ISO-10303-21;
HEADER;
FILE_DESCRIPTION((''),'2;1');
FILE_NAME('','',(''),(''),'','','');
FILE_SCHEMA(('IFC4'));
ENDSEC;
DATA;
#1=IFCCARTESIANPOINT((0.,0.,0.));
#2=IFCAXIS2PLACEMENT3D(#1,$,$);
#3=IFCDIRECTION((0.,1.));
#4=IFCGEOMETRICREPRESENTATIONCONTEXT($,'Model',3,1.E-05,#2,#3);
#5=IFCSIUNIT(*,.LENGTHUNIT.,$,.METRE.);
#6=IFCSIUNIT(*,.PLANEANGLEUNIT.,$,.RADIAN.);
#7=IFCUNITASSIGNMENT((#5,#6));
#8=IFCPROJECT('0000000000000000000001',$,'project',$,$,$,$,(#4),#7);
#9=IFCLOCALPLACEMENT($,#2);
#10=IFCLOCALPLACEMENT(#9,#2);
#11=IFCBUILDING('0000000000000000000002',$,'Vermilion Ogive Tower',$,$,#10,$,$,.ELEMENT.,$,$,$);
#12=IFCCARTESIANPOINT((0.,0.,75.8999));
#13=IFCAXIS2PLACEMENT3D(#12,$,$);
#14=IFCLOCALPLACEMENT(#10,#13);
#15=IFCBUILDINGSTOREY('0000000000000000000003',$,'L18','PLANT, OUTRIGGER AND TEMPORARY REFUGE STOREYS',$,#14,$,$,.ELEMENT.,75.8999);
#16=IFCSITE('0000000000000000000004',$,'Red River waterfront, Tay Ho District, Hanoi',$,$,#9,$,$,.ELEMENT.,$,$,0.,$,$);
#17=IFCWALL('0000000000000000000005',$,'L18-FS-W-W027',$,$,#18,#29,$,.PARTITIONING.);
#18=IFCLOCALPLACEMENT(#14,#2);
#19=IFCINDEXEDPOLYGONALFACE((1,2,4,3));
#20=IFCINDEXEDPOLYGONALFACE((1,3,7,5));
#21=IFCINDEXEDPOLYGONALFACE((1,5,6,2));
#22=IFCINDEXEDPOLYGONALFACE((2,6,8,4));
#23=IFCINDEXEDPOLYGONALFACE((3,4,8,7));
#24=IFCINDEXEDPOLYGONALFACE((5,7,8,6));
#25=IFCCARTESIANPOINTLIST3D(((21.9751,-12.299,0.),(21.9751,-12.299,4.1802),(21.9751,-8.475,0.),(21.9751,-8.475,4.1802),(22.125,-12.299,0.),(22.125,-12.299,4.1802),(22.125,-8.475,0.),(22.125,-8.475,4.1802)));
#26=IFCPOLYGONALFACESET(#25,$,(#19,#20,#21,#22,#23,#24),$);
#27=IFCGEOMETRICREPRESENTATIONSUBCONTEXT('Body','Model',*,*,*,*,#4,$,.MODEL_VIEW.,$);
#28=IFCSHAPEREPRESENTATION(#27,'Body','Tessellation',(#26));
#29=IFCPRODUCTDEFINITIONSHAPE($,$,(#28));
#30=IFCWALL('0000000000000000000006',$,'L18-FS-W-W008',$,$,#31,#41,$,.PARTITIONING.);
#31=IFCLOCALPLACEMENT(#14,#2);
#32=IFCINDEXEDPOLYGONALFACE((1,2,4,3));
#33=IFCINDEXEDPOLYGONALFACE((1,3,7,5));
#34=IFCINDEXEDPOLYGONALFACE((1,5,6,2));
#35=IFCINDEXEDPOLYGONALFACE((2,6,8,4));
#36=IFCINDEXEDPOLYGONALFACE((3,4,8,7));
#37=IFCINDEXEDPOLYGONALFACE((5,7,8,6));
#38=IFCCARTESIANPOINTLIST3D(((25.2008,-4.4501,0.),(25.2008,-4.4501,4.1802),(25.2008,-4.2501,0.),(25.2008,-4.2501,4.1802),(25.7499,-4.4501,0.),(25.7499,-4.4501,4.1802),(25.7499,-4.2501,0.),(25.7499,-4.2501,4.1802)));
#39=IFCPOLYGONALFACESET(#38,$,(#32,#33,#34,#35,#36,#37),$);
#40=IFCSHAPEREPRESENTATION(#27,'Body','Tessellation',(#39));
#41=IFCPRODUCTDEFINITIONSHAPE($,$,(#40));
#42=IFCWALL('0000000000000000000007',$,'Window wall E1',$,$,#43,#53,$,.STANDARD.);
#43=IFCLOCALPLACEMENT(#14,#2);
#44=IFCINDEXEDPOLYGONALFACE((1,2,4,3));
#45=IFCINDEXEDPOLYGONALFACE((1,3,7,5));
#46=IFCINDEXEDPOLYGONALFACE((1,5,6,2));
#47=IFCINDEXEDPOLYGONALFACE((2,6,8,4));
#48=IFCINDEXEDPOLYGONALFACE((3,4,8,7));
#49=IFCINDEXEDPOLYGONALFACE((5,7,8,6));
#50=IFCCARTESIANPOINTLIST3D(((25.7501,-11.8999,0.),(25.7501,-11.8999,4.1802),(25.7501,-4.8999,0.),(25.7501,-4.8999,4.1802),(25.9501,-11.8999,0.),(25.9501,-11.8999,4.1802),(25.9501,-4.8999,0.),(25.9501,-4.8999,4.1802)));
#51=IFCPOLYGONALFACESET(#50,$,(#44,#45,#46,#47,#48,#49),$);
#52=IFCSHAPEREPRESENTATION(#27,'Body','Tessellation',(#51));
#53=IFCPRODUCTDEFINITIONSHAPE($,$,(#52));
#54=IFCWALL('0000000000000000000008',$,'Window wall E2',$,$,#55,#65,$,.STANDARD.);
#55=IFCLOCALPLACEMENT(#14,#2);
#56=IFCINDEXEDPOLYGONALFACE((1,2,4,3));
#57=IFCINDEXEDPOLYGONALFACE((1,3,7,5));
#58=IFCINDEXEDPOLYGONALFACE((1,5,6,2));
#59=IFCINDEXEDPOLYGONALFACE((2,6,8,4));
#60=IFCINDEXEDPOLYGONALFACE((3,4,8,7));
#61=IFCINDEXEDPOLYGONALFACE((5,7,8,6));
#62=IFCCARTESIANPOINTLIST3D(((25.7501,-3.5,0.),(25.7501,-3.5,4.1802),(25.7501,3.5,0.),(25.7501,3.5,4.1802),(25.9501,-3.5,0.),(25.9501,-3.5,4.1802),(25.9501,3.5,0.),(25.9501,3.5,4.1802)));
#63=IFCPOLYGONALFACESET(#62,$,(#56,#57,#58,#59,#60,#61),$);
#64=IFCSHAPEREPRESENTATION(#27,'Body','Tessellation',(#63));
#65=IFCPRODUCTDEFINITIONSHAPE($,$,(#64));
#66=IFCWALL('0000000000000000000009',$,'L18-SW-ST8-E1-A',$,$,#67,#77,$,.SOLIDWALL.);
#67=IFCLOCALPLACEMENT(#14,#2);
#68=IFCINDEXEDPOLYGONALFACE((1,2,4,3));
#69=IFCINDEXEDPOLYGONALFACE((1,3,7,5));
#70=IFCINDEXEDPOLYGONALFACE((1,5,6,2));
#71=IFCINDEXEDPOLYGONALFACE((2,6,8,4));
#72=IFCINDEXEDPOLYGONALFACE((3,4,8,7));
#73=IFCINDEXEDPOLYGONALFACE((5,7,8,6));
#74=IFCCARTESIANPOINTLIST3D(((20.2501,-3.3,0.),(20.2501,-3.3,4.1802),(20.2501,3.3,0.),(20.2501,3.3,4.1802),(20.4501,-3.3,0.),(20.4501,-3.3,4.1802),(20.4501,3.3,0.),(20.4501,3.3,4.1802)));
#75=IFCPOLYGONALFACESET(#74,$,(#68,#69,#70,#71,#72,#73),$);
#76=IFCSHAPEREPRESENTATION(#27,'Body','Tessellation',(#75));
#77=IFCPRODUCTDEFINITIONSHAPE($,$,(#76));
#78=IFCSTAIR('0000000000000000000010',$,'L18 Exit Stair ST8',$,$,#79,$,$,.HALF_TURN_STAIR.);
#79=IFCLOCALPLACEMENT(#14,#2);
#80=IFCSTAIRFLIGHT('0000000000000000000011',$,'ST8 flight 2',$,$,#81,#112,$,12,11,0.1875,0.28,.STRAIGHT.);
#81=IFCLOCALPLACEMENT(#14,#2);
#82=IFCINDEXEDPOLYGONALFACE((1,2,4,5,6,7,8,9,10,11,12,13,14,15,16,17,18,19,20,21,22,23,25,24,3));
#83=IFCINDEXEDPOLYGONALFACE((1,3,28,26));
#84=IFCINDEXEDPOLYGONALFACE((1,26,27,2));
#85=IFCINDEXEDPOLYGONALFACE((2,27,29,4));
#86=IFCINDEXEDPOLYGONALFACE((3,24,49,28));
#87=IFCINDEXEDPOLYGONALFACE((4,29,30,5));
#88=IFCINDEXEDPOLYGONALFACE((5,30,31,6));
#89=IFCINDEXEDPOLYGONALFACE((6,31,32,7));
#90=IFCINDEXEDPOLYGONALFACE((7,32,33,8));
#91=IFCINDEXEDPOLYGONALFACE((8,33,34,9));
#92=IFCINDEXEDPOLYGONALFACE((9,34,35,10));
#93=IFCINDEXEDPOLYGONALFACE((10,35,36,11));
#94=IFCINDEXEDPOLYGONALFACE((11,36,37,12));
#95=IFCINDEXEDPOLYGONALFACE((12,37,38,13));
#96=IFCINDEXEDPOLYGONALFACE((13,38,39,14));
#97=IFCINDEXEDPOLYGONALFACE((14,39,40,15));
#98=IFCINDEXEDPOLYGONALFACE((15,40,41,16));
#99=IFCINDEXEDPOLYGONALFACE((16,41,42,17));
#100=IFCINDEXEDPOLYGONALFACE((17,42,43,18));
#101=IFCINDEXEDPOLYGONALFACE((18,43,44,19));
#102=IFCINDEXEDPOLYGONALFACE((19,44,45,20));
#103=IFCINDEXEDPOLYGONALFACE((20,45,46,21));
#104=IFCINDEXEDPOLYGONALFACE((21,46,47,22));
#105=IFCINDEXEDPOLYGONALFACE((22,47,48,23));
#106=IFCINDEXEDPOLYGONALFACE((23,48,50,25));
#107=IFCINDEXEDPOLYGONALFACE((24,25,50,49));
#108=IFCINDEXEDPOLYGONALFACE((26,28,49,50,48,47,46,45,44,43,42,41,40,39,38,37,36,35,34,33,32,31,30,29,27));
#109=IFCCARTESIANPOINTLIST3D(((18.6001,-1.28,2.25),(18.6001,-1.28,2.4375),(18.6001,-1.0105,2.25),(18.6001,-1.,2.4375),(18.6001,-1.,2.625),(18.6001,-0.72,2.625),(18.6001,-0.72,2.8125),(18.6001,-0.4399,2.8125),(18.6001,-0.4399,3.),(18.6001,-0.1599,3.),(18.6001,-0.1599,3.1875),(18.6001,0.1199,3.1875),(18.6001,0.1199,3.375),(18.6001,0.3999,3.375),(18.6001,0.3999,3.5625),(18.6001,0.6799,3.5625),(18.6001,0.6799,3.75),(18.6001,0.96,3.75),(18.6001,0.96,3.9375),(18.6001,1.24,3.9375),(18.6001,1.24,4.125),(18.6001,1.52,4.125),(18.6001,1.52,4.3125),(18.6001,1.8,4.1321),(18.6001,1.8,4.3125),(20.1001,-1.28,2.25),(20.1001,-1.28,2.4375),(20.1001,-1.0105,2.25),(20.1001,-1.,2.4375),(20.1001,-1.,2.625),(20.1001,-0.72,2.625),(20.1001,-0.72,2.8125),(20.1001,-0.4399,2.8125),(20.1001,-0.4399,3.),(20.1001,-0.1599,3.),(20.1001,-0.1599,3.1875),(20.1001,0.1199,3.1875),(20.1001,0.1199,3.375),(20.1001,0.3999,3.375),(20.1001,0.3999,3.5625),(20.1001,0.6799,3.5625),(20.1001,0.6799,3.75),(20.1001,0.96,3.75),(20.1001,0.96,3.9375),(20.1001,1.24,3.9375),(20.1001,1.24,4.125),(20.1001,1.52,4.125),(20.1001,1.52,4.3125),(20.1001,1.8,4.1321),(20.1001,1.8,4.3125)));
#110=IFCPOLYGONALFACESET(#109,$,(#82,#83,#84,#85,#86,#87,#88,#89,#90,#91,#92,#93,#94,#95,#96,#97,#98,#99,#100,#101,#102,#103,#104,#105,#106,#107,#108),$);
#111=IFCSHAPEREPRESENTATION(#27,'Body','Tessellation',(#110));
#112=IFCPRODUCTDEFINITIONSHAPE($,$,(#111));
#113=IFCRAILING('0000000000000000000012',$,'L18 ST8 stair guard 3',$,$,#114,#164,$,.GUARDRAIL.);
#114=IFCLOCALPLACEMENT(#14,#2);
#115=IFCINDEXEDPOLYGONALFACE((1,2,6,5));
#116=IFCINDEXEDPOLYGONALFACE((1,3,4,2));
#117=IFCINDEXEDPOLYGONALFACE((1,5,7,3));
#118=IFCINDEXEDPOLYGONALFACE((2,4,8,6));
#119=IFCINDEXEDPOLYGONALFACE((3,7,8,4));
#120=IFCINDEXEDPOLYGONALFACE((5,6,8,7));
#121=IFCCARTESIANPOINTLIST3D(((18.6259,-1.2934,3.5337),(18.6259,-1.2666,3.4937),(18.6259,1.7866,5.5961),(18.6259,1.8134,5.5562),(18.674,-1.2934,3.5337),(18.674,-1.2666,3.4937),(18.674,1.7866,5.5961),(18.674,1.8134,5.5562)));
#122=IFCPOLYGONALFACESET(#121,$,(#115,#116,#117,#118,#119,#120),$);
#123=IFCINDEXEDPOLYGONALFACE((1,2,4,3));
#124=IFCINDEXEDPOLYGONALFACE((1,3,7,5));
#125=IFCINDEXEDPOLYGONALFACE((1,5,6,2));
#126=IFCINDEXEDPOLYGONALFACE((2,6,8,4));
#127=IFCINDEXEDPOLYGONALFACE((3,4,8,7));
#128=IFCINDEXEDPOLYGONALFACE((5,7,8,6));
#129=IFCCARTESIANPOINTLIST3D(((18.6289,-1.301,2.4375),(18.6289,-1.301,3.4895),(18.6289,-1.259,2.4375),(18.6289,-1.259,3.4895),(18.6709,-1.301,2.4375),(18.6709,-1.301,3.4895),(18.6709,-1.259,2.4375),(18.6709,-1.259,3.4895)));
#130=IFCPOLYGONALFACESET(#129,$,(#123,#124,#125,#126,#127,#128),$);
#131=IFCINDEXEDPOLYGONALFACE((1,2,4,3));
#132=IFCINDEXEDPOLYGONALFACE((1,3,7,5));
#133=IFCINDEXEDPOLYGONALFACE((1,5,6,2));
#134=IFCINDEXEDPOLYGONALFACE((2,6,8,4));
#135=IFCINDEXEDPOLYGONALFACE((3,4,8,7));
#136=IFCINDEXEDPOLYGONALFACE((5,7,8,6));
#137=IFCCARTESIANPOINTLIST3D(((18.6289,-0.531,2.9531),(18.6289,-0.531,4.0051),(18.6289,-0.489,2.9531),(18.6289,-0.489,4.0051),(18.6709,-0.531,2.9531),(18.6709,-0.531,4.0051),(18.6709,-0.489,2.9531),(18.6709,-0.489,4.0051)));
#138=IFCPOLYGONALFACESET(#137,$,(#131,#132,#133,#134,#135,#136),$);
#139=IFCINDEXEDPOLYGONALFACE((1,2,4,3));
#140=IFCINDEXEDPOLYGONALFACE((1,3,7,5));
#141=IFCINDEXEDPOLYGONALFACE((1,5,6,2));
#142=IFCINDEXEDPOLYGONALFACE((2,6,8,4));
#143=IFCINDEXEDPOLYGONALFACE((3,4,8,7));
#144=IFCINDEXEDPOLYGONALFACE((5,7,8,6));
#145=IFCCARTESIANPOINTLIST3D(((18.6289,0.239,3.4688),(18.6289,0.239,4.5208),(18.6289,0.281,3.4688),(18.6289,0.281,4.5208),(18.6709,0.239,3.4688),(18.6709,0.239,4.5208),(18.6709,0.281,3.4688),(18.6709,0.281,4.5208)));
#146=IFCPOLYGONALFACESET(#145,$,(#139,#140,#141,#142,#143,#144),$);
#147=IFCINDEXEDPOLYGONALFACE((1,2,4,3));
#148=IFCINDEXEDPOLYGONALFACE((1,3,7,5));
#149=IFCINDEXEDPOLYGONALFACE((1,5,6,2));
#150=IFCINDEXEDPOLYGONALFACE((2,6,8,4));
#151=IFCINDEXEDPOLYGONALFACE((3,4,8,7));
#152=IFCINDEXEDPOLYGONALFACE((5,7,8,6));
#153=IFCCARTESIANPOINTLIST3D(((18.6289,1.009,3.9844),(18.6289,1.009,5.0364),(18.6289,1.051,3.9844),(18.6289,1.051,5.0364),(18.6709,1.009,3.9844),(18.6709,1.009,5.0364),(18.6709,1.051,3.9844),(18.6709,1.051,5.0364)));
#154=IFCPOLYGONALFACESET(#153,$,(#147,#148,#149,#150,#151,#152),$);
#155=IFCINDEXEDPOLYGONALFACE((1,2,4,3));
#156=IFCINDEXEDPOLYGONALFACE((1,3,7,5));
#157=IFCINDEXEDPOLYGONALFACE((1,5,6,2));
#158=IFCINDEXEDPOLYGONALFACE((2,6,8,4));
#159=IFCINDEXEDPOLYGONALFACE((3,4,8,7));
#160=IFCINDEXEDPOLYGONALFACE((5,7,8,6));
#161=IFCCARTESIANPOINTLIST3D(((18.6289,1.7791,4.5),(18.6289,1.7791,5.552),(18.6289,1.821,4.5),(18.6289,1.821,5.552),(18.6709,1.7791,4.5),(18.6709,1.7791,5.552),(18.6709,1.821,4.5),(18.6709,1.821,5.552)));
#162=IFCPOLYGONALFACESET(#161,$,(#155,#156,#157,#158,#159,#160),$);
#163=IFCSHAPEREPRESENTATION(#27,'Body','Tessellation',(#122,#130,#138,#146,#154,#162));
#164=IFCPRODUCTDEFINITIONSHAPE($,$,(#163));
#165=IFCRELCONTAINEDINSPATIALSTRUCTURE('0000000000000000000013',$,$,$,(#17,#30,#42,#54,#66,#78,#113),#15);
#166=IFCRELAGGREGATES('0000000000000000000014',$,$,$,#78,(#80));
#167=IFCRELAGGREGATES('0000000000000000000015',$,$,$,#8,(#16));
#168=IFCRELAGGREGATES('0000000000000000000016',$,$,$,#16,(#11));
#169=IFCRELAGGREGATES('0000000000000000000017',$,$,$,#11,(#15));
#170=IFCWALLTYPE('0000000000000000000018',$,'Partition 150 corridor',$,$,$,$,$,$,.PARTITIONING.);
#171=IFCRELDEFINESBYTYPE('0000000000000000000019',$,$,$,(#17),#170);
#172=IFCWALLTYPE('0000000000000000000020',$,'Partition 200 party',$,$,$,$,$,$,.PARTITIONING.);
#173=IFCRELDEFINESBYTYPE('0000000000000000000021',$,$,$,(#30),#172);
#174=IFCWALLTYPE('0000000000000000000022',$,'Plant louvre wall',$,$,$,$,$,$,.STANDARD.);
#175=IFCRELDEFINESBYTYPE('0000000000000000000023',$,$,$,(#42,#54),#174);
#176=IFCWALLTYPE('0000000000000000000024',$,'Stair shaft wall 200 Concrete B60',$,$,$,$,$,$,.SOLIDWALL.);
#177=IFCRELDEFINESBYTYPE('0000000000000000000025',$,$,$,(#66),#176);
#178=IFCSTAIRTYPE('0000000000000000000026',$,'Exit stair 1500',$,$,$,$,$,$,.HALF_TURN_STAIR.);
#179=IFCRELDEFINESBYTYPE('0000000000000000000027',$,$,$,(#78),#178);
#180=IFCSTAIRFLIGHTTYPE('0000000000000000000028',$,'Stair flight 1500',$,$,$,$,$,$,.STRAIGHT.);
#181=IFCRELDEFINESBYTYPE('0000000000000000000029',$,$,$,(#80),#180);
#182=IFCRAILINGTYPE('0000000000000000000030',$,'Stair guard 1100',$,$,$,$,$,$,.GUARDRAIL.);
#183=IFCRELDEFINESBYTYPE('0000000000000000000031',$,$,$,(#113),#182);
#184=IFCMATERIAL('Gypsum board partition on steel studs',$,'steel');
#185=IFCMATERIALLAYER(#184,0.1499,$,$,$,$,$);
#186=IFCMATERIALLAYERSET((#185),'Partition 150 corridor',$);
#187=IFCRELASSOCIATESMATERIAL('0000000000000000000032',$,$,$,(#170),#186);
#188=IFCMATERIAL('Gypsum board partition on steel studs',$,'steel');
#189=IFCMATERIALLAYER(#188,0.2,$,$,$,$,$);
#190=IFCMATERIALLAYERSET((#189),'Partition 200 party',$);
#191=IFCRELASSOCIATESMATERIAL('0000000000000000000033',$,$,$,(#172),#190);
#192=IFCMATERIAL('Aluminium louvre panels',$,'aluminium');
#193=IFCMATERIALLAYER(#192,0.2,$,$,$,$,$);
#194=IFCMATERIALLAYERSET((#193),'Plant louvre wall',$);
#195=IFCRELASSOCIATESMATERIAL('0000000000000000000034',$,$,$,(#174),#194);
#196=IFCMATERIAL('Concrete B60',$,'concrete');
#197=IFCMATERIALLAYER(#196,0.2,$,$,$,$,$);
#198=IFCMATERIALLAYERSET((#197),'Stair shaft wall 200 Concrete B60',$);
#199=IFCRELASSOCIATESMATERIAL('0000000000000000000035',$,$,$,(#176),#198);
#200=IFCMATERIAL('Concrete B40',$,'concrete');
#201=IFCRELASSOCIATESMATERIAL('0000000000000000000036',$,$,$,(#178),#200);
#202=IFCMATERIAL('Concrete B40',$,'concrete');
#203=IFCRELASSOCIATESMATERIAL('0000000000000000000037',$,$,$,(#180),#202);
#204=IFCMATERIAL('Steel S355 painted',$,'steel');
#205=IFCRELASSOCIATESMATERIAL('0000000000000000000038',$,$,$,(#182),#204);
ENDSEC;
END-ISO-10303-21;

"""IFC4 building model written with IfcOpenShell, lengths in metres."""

from ifc_helpers import new_model, si_unit, direction, frame, frame_2d, origin, origin_2d, place, context, subcontext, project, spatial, polyline, rectangle, outline, extrude, material, layer, layer_set, type_object, element, aggregate, save


model = new_model("IFC4")

# Units and contexts
model_context = context("Model", 3, precision=1e-05, world=origin(), true_north=direction((0.0, 1.0)))
body_context = subcontext(model_context, "Body", "Model", "MODEL_VIEW")
ifc_project = project(units=[si_unit("LENGTHUNIT", "METRE"), si_unit("PLANEANGLEUNIT", "RADIAN")], contexts=[model_context])

# Site, building, storey
site_placement = place(None, origin())
site = spatial("IfcSite", under=ifc_project, at=site_placement, Name="Red River waterfront, Tay Ho District, Hanoi", CompositionType="ELEMENT", RefElevation=0.0)
building_placement = place(site_placement, origin())
building = spatial("IfcBuilding", under=site, at=building_placement, Name="Vermilion Ogive Tower", CompositionType="ELEMENT")
storey_placement = place(building_placement, frame((0.0, 0.0, 75.8999)))
storey = spatial("IfcBuildingStorey", under=building, at=storey_placement, Name="L18", Description="PLANT, OUTRIGGER AND TEMPORARY REFUGE STOREYS", CompositionType="ELEMENT", Elevation=75.8999)

# Walls
ifc_material_1 = material(Name="Gypsum board partition on steel studs", Category="steel")
ifc_layer_1 = layer(ifc_material_1, 0.1499)
ifc_layer_set_1 = layer_set([ifc_layer_1], Name="Partition 150 corridor")
wall_type_1 = type_object("IfcWallType", Name="Partition 150 corridor", PredefinedType="PARTITIONING", material=ifc_layer_set_1)
wall_1_placement = place(storey_placement, frame((22.05, -12.2991, 0.0), z_axis=(0.0, 0.0, 1.0), x_axis=(0.0, 1.0, 0.0)))
element("IfcWall", 1, at=wall_1_placement, inside=storey, type_object=wall_type_1, Name="L18-FS-W-W027", PredefinedType="PARTITIONING", context=body_context, shape_type="SweptSolid", body=[
    extrude(rectangle(XDim=3.824, YDim=0.1499, at=frame_2d((1.9121, 0.0))), origin(), (0.0, 0.0, 1.0), 4.1802),
])
ifc_material_2 = material(Name="Gypsum board partition on steel studs", Category="steel")
ifc_layer_2 = layer(ifc_material_2, 0.2)
ifc_layer_set_2 = layer_set([ifc_layer_2], Name="Partition 200 party")
wall_type_2 = type_object("IfcWallType", Name="Partition 200 party", PredefinedType="PARTITIONING", material=ifc_layer_set_2)
wall_2_placement = place(storey_placement, frame((25.2009, -4.3501, 0.0), z_axis=(0.0, 0.0, 1.0), x_axis=(1.0, 0.0, 0.0)))
element("IfcWall", 2, at=wall_2_placement, inside=storey, type_object=wall_type_2, Name="L18-FS-W-W008", PredefinedType="PARTITIONING", context=body_context, shape_type="SweptSolid", body=[
    extrude(rectangle(XDim=0.5491, YDim=0.2, at=frame_2d((0.2744, 0.0))), origin(), (0.0, 0.0, 1.0), 4.1802),
])
ifc_material_3 = material(Name="Aluminium louvre panels", Category="aluminium")
ifc_layer_3 = layer(ifc_material_3, 0.2)
ifc_layer_set_3 = layer_set([ifc_layer_3], Name="Plant louvre wall")
wall_type_3 = type_object("IfcWallType", Name="Plant louvre wall", PredefinedType="STANDARD", material=ifc_layer_set_3)
for number, where, z_axis, x_axis, name in (
    (3, (25.8501, -11.8999, 0.0), (0.0, 0.0, 1.0), (0.0, 1.0, 0.0), "Window wall E1"),
    (4, (25.8501, -3.5, 0.0), (0.0, 0.0, 1.0), (0.0, 1.0, 0.0), "Window wall E2"),
):
    element("IfcWall", number, at=place(storey_placement, frame(where, z_axis=z_axis, x_axis=x_axis)), inside=storey, type_object=wall_type_3, Name=name, PredefinedType="STANDARD", context=body_context, shape_type="SweptSolid", body=[
        extrude(rectangle(XDim=7.0, YDim=0.2, at=frame_2d((3.5, 0.0))), origin(), (0.0, 0.0, 1.0), 4.1802),
    ])
ifc_material_4 = material(Name="Concrete B60", Category="concrete")
ifc_layer_4 = layer(ifc_material_4, 0.2)
ifc_layer_set_4 = layer_set([ifc_layer_4], Name="Stair shaft wall 200 Concrete B60")
wall_type_4 = type_object("IfcWallType", Name="Stair shaft wall 200 Concrete B60", PredefinedType="SOLIDWALL", material=ifc_layer_set_4)
wall_3_placement = place(storey_placement, frame((20.3501, -3.3, 0.0), z_axis=(0.0, 0.0, 1.0), x_axis=(0.0, 1.0, 0.0)))
element("IfcWall", 5, at=wall_3_placement, inside=storey, type_object=wall_type_4, Name="L18-SW-ST8-E1-A", PredefinedType="SOLIDWALL", context=body_context, shape_type="SweptSolid", body=[
    extrude(rectangle(XDim=6.6001, YDim=0.2, at=frame_2d((3.3, 0.0))), origin(), (0.0, 0.0, 1.0), 4.1802),
])

# Stair, stair flight
ifc_material_5 = material(Name="Concrete B40", Category="concrete")
stair_type = type_object("IfcStairType", Name="Exit stair 1500", PredefinedType="HALF_TURN_STAIR", material=ifc_material_5)
stair_placement = place(storey_placement, origin())
stair = element("IfcStair", 6, at=stair_placement, inside=storey, type_object=stair_type, Name="L18 Exit Stair ST8", PredefinedType="HALF_TURN_STAIR")
ifc_material_6 = material(Name="Concrete B40", Category="concrete")
stair_flight_type = type_object("IfcStairFlightType", Name="Stair flight 1500", PredefinedType="STRAIGHT", material=ifc_material_6)
stair_flight_placement = place(storey_placement, frame((19.3501, -1.28, 2.25), z_axis=(0.0, 0.0, 1.0), x_axis=(0.0, 1.0, 0.0)))
stair_flight = element("IfcStairFlight", 7, at=stair_flight_placement, type_object=stair_flight_type, Name="ST8 flight 2", NumberOfRisers=12, NumberOfTreads=11, PredefinedType="STRAIGHT", RiserHeight=0.1875, TreadLength=0.28, context=body_context, shape_type="SweptSolid", body=[
    extrude(outline(polyline([(0.0, 0.0), (0.0, 0.1875), (0.28, 0.1875), (0.28, 0.375), (0.5601, 0.375), (0.5601, 0.5625), (0.8401, 0.5625), (0.8401, 0.75), (1.1201, 0.75), (1.1201, 0.9375), (1.3999, 0.9375), (1.3999, 1.125), (1.6799, 1.125), (1.6799, 1.3125), (1.96, 1.3125), (1.96, 1.5), (2.24, 1.5), (2.24, 1.6875), (2.52, 1.6875), (2.52, 1.875), (2.8, 1.875), (2.8, 2.0625), (3.0801, 2.0625), (3.0801, 2.25), (3.0801, 1.8821), (0.2695, 0.0), (0.0, 0.0)])), frame((0.0, 0.75, 0.0), z_axis=(0.0, -1.0, 0.0), x_axis=(1.0, 0.0, 0.0)), (0.0, 0.0, 1.0), 1.5),
])
aggregate(stair, [stair_flight])

# Railing
ifc_material_7 = material(Name="Steel S355 painted", Category="steel")
railing_type_1 = type_object("IfcRailingType", Name="Stair guard 1100", PredefinedType="GUARDRAIL", material=ifc_material_7)
railing_1_placement = place(storey_placement, frame((18.6499, -1.28, 2.4375)))
element("IfcRailing", 8, at=railing_1_placement, inside=storey, type_object=railing_type_1, Name="L18 ST8 stair guard 3", PredefinedType="GUARDRAIL", context=body_context, shape_type="SweptSolid", body=[
    extrude(rectangle(XDim=0.0481, YDim=0.0481, at=origin_2d()), frame((0.0, 0.0, 1.0762), z_axis=(0.0, 0.830914, 0.556401), x_axis=(-1.0, 0.0, 0.0)), (0.0, 0.0, 1.0), 3.7068),
    extrude(rectangle(XDim=0.042, YDim=0.042, at=origin_2d()), origin(), (0.0, 0.0, 1.0), 1.052),
    extrude(rectangle(XDim=0.042, YDim=0.042, at=origin_2d()), frame((0.0, 0.77, 0.5156)), (0.0, 0.0, 1.0), 1.052),
    extrude(rectangle(XDim=0.042, YDim=0.042, at=origin_2d()), frame((0.0, 1.54, 1.0312)), (0.0, 0.0, 1.0), 1.052),
    extrude(rectangle(XDim=0.042, YDim=0.042, at=origin_2d()), frame((0.0, 2.3101, 1.5469)), (0.0, 0.0, 1.0), 1.052),
    extrude(rectangle(XDim=0.042, YDim=0.042, at=origin_2d()), frame((0.0, 3.0801, 2.0625)), (0.0, 0.0, 1.0), 1.052),
])

save(model, "model.ifc")
